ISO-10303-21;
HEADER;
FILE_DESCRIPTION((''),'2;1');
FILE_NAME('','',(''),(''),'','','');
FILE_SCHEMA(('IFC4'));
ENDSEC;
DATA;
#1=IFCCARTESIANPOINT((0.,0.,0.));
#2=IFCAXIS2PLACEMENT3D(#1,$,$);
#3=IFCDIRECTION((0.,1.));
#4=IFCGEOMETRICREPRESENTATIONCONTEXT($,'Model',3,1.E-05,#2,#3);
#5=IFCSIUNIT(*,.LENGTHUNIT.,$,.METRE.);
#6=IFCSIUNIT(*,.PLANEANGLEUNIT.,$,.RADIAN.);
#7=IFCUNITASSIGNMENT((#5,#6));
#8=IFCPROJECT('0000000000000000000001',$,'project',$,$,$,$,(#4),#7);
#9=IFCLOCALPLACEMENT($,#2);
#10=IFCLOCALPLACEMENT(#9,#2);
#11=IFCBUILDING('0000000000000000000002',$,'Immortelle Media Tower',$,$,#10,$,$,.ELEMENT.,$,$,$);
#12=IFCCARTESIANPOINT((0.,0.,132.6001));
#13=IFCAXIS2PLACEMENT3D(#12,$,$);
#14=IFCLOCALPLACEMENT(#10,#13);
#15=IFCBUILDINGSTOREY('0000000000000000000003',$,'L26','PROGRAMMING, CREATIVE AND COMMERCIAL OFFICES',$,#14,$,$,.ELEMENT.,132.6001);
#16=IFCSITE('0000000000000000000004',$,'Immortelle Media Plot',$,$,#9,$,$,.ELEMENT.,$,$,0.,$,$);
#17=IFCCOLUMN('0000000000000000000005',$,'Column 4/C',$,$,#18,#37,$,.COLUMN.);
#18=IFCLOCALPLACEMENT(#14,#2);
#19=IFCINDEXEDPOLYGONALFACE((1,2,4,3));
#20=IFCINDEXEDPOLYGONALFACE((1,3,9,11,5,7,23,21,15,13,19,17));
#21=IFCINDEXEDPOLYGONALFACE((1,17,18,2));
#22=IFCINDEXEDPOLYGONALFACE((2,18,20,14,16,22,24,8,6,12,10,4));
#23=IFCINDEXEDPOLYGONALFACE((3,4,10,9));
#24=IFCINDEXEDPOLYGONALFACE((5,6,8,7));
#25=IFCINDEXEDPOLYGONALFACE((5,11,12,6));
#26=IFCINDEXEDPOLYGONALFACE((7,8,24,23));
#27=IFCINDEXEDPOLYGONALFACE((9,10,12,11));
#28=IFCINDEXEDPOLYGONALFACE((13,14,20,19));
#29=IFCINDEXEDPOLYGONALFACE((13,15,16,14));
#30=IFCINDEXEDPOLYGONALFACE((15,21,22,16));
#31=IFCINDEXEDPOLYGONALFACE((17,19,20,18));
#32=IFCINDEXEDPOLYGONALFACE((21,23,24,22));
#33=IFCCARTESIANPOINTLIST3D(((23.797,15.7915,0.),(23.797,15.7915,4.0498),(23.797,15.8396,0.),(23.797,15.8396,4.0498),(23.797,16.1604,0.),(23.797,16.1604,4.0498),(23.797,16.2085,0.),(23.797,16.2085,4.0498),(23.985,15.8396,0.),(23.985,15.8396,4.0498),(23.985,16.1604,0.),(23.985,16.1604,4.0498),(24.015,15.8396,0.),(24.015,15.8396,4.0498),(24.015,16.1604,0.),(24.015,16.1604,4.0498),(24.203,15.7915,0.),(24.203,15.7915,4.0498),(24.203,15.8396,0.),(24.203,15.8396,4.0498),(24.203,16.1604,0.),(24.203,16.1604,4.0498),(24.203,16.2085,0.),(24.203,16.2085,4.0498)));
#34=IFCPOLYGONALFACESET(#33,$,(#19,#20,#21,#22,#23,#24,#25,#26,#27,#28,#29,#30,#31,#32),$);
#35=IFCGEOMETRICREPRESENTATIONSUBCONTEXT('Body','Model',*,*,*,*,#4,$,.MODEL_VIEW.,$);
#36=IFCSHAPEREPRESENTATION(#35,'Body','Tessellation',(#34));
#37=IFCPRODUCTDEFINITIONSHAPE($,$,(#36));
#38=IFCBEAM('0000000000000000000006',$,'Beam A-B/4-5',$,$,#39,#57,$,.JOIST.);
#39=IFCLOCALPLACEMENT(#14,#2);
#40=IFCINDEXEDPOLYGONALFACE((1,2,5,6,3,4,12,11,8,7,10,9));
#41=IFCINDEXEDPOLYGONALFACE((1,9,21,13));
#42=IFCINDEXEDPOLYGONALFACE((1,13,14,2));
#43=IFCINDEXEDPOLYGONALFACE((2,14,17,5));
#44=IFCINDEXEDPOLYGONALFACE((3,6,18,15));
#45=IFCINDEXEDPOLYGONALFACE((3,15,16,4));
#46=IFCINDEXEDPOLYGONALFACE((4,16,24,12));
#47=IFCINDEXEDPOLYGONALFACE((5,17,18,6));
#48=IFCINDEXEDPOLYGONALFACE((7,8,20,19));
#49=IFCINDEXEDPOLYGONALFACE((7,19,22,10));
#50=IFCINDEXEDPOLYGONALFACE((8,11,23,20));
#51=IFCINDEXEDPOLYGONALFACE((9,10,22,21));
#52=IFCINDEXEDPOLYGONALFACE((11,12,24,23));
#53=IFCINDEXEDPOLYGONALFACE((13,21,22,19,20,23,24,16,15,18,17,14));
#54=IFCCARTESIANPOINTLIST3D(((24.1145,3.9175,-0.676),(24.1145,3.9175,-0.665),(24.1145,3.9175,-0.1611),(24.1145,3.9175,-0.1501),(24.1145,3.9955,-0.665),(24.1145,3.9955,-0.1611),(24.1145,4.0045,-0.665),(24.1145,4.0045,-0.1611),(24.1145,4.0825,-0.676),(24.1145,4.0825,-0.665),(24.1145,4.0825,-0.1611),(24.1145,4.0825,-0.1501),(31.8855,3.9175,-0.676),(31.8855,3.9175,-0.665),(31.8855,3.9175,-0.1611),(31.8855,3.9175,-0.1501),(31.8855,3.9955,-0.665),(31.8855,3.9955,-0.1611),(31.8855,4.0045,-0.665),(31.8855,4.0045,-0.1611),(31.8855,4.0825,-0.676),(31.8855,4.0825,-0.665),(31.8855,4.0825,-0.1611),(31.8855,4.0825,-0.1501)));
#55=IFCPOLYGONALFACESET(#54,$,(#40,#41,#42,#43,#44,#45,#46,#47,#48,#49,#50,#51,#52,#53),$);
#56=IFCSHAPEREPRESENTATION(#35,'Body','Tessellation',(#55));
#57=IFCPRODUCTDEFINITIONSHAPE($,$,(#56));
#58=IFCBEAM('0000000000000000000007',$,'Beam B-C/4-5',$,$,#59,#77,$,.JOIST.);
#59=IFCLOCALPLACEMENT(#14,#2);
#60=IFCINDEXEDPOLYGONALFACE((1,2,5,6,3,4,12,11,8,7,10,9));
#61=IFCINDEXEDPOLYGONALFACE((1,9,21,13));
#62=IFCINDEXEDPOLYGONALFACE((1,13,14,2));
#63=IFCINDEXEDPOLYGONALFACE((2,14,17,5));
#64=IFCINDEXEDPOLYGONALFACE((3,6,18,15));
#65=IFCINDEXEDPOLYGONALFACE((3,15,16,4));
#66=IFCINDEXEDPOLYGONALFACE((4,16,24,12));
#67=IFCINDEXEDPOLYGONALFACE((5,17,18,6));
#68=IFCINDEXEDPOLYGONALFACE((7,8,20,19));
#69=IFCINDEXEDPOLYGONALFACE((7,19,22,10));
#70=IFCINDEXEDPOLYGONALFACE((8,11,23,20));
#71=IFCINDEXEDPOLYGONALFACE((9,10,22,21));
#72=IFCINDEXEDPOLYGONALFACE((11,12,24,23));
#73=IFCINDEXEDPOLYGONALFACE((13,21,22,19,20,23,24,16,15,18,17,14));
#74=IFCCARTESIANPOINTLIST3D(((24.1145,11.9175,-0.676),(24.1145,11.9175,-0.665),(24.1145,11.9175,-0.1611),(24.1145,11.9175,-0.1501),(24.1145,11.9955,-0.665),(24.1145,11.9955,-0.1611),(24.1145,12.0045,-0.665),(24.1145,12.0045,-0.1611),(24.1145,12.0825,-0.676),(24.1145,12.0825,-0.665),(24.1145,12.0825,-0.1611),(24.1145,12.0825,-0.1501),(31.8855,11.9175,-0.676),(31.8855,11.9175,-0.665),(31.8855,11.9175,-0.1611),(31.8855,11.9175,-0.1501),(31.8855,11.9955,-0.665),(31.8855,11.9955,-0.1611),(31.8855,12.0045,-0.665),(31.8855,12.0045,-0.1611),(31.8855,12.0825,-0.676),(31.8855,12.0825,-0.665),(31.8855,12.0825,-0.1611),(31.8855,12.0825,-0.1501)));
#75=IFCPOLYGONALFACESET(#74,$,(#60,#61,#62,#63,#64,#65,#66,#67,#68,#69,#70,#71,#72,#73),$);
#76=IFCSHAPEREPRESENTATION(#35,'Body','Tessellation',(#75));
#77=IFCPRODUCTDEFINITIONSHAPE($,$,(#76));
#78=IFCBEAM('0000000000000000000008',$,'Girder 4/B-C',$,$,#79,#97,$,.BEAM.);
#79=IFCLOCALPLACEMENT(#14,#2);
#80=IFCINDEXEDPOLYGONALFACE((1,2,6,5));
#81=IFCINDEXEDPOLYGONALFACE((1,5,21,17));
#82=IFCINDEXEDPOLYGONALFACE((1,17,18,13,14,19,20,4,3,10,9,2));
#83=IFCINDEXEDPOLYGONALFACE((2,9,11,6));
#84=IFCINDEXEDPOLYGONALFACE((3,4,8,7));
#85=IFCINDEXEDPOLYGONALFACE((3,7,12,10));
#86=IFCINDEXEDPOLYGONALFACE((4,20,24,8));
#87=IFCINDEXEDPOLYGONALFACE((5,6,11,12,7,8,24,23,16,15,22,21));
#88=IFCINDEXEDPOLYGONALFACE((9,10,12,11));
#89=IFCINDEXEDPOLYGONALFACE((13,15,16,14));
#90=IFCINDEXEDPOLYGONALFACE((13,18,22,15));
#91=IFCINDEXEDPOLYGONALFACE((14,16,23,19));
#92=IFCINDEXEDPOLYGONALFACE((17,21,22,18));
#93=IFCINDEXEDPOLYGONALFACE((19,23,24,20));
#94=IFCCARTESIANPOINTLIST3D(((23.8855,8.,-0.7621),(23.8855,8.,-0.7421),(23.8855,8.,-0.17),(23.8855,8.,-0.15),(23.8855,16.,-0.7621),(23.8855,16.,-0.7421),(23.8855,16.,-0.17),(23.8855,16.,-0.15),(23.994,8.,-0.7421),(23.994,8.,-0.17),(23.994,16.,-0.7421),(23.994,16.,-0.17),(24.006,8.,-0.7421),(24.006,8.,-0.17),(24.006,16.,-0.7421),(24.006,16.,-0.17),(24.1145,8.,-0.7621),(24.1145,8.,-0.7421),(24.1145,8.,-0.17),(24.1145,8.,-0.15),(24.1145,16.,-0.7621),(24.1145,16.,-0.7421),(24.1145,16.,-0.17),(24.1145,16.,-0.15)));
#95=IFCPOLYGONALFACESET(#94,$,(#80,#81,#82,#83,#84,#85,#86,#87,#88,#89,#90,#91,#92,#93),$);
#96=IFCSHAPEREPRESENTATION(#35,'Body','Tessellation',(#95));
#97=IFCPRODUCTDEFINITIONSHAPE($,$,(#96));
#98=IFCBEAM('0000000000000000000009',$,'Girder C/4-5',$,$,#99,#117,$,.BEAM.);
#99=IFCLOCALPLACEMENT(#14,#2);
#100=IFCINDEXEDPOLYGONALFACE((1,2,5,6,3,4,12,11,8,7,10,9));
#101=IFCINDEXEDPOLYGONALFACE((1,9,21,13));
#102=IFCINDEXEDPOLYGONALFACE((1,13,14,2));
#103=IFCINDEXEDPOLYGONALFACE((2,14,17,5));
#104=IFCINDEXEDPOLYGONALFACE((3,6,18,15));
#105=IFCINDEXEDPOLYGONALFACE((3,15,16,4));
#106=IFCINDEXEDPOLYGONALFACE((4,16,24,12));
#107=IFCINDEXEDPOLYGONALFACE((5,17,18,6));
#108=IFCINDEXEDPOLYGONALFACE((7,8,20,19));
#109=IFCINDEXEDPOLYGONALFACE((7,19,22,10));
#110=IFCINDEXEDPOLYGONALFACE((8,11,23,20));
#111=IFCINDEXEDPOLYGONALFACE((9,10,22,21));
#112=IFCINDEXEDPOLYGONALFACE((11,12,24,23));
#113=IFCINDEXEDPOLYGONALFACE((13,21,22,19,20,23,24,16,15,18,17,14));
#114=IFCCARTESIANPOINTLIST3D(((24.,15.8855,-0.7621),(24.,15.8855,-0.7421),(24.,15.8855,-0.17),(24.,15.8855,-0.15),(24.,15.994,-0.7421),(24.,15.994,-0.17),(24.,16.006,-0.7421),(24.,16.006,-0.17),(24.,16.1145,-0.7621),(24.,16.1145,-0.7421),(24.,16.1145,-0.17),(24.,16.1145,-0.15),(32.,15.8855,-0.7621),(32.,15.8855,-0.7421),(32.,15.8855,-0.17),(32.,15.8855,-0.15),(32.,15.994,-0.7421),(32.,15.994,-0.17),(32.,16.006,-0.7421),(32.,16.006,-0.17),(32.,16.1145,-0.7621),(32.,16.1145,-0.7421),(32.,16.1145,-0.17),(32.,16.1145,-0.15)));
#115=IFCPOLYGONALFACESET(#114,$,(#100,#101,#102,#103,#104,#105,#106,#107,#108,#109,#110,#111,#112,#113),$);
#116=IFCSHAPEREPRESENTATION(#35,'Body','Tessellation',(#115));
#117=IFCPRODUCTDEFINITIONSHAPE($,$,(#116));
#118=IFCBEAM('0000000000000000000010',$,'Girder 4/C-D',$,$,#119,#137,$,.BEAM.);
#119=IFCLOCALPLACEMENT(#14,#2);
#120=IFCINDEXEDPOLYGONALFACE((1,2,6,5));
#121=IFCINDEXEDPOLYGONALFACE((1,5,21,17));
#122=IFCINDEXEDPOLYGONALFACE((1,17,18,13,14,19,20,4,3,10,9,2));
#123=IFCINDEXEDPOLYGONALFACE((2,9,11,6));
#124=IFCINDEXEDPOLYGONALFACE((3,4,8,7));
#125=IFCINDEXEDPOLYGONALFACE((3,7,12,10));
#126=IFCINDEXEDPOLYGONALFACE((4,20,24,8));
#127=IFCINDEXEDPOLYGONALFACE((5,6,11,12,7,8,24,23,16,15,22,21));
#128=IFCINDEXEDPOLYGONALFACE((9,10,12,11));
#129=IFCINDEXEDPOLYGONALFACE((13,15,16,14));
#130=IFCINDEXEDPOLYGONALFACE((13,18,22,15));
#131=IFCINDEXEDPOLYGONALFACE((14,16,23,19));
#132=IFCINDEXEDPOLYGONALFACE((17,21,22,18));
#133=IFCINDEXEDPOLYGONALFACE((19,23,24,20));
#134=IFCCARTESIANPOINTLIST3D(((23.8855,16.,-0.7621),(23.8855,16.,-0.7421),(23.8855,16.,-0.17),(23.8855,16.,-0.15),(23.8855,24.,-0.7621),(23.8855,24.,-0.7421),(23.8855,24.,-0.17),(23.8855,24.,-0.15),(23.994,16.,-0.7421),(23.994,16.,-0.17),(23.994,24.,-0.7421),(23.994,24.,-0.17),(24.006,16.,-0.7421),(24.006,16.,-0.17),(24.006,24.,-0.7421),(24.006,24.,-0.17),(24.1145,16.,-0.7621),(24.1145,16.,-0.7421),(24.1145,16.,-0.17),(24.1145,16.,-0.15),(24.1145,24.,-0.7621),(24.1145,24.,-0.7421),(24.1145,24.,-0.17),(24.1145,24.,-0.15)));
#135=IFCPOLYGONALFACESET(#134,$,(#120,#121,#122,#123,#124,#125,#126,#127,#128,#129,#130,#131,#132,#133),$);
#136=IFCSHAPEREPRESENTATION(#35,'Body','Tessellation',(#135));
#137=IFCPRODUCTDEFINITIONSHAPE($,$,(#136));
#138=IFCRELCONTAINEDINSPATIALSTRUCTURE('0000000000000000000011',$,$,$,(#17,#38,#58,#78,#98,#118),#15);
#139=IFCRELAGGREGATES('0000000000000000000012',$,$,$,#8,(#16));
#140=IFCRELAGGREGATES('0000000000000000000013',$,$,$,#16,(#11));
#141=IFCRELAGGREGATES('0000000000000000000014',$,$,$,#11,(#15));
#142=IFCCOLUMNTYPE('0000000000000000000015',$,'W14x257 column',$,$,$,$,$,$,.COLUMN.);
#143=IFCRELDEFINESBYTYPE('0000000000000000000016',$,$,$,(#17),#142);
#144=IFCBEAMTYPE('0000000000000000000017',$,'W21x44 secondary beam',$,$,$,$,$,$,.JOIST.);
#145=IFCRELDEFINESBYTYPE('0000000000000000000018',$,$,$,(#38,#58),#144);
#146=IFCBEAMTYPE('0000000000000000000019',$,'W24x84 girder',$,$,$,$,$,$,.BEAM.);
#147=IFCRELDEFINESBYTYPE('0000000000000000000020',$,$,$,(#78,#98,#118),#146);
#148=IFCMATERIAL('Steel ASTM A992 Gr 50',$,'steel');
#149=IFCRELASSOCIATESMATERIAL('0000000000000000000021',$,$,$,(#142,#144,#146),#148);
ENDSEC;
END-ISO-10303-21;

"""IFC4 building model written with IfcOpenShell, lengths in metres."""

from ifc_helpers import new_model, si_unit, direction, frame, origin, origin_2d, place, context, subcontext, project, spatial, i_section, extrude, material, material_profile, profile_set, type_object, element, save


model = new_model("IFC4")

# Units and contexts
model_context = context("Model", 3, precision=1e-05, world=origin(), true_north=direction((0.0, 1.0)))
body_context = subcontext(model_context, "Body", "Model", "MODEL_VIEW")
ifc_project = project(units=[si_unit("LENGTHUNIT", "METRE"), si_unit("PLANEANGLEUNIT", "RADIAN")], contexts=[model_context])

# Site, building, storey
site_placement = place(None, origin())
site = spatial("IfcSite", under=ifc_project, at=site_placement, Name="Immortelle Media Plot", CompositionType="ELEMENT", RefElevation=0.0)
building_placement = place(site_placement, origin())
building = spatial("IfcBuilding", under=site, at=building_placement, Name="Immortelle Media Tower", CompositionType="ELEMENT")
storey_placement = place(building_placement, frame((0.0, 0.0, 132.6001)))
storey = spatial("IfcBuildingStorey", under=building, at=storey_placement, Name="L26", Description="PROGRAMMING, CREATIVE AND COMMERCIAL OFFICES", CompositionType="ELEMENT", Elevation=132.6001)

# Column
ifc_material_1 = material(Name="Steel ASTM A992 Gr 50", Category="steel")
ifc_material_profile_1 = material_profile(ifc_material_1, i_section(OverallWidth=0.406, OverallDepth=0.417, WebThickness=0.03, FlangeThickness=0.0481, at=origin_2d()), Name="W14x257")
ifc_profile_set_1 = profile_set([ifc_material_profile_1], Name="Steel ASTM A992 Gr 50")
column_type = type_object("IfcColumnType", Name="W14x257 column", PredefinedType="COLUMN", material=ifc_profile_set_1)
column_placement = place(storey_placement, frame((24.0, 16.0, 0.0), z_axis=(0.0, 0.0, 1.0), x_axis=(1.0, 0.0, 0.0)))
element("IfcColumn", 1, at=column_placement, inside=storey, type_object=column_type, Name="Column 4/C", PredefinedType="COLUMN", context=body_context, shape_type="SweptSolid", body=[
    extrude(i_section(OverallWidth=0.406, OverallDepth=0.417, WebThickness=0.03, FlangeThickness=0.0481, at=origin_2d()), origin(), (0.0, 0.0, 1.0), 4.0498),
])

# Beams
ifc_material_profile_2 = material_profile(ifc_material_1, i_section(OverallWidth=0.165, OverallDepth=0.5259, WebThickness=0.009, FlangeThickness=0.011, at=origin_2d()), Name="W21x44")
ifc_profile_set_2 = profile_set([ifc_material_profile_2], Name="Steel ASTM A992 Gr 50")
beam_type_1 = type_object("IfcBeamType", Name="W21x44 secondary beam", PredefinedType="JOIST", material=ifc_profile_set_2)
for number, where, z_axis, x_axis, name in (
    (2, (24.1145, 4.0, -0.4131), (1.0, 0.0, 0.0), (0.0, 1.0, 0.0), "Beam A-B/4-5"),
    (3, (24.1145, 12.0, -0.4131), (1.0, 0.0, 0.0), (0.0, 1.0, 0.0), "Beam B-C/4-5"),
):
    element("IfcBeam", number, at=place(storey_placement, frame(where, z_axis=z_axis, x_axis=x_axis)), inside=storey, type_object=beam_type_1, Name=name, PredefinedType="JOIST", context=body_context, shape_type="SweptSolid", body=[
        extrude(i_section(OverallWidth=0.165, OverallDepth=0.5259, WebThickness=0.009, FlangeThickness=0.011, at=origin_2d()), origin(), (0.0, 0.0, 1.0), 7.771),
    ])
ifc_material_profile_3 = material_profile(ifc_material_1, i_section(OverallWidth=0.229, OverallDepth=0.6121, WebThickness=0.012, FlangeThickness=0.02, at=origin_2d()), Name="W24x84")
ifc_profile_set_3 = profile_set([ifc_material_profile_3], Name="Steel ASTM A992 Gr 50")
beam_type_2 = type_object("IfcBeamType", Name="W24x84 girder", PredefinedType="BEAM", material=ifc_profile_set_3)
for number, where, z_axis, x_axis, name in (
    (4, (24.0, 8.0, -0.4561), (0.0, 1.0, 0.0), (-1.0, 0.0, 0.0), "Girder 4/B-C"),
    (5, (24.0, 16.0, -0.4561), (1.0, 0.0, 0.0), (0.0, 1.0, 0.0), "Girder C/4-5"),
    (6, (24.0, 16.0, -0.4561), (0.0, 1.0, 0.0), (-1.0, 0.0, 0.0), "Girder 4/C-D"),
):
    element("IfcBeam", number, at=place(storey_placement, frame(where, z_axis=z_axis, x_axis=x_axis)), inside=storey, type_object=beam_type_2, Name=name, PredefinedType="BEAM", context=body_context, shape_type="SweptSolid", body=[
        extrude(i_section(OverallWidth=0.229, OverallDepth=0.6121, WebThickness=0.012, FlangeThickness=0.02, at=origin_2d()), origin(), (0.0, 0.0, 1.0), 8.0),
    ])

save(model, "model.ifc")
